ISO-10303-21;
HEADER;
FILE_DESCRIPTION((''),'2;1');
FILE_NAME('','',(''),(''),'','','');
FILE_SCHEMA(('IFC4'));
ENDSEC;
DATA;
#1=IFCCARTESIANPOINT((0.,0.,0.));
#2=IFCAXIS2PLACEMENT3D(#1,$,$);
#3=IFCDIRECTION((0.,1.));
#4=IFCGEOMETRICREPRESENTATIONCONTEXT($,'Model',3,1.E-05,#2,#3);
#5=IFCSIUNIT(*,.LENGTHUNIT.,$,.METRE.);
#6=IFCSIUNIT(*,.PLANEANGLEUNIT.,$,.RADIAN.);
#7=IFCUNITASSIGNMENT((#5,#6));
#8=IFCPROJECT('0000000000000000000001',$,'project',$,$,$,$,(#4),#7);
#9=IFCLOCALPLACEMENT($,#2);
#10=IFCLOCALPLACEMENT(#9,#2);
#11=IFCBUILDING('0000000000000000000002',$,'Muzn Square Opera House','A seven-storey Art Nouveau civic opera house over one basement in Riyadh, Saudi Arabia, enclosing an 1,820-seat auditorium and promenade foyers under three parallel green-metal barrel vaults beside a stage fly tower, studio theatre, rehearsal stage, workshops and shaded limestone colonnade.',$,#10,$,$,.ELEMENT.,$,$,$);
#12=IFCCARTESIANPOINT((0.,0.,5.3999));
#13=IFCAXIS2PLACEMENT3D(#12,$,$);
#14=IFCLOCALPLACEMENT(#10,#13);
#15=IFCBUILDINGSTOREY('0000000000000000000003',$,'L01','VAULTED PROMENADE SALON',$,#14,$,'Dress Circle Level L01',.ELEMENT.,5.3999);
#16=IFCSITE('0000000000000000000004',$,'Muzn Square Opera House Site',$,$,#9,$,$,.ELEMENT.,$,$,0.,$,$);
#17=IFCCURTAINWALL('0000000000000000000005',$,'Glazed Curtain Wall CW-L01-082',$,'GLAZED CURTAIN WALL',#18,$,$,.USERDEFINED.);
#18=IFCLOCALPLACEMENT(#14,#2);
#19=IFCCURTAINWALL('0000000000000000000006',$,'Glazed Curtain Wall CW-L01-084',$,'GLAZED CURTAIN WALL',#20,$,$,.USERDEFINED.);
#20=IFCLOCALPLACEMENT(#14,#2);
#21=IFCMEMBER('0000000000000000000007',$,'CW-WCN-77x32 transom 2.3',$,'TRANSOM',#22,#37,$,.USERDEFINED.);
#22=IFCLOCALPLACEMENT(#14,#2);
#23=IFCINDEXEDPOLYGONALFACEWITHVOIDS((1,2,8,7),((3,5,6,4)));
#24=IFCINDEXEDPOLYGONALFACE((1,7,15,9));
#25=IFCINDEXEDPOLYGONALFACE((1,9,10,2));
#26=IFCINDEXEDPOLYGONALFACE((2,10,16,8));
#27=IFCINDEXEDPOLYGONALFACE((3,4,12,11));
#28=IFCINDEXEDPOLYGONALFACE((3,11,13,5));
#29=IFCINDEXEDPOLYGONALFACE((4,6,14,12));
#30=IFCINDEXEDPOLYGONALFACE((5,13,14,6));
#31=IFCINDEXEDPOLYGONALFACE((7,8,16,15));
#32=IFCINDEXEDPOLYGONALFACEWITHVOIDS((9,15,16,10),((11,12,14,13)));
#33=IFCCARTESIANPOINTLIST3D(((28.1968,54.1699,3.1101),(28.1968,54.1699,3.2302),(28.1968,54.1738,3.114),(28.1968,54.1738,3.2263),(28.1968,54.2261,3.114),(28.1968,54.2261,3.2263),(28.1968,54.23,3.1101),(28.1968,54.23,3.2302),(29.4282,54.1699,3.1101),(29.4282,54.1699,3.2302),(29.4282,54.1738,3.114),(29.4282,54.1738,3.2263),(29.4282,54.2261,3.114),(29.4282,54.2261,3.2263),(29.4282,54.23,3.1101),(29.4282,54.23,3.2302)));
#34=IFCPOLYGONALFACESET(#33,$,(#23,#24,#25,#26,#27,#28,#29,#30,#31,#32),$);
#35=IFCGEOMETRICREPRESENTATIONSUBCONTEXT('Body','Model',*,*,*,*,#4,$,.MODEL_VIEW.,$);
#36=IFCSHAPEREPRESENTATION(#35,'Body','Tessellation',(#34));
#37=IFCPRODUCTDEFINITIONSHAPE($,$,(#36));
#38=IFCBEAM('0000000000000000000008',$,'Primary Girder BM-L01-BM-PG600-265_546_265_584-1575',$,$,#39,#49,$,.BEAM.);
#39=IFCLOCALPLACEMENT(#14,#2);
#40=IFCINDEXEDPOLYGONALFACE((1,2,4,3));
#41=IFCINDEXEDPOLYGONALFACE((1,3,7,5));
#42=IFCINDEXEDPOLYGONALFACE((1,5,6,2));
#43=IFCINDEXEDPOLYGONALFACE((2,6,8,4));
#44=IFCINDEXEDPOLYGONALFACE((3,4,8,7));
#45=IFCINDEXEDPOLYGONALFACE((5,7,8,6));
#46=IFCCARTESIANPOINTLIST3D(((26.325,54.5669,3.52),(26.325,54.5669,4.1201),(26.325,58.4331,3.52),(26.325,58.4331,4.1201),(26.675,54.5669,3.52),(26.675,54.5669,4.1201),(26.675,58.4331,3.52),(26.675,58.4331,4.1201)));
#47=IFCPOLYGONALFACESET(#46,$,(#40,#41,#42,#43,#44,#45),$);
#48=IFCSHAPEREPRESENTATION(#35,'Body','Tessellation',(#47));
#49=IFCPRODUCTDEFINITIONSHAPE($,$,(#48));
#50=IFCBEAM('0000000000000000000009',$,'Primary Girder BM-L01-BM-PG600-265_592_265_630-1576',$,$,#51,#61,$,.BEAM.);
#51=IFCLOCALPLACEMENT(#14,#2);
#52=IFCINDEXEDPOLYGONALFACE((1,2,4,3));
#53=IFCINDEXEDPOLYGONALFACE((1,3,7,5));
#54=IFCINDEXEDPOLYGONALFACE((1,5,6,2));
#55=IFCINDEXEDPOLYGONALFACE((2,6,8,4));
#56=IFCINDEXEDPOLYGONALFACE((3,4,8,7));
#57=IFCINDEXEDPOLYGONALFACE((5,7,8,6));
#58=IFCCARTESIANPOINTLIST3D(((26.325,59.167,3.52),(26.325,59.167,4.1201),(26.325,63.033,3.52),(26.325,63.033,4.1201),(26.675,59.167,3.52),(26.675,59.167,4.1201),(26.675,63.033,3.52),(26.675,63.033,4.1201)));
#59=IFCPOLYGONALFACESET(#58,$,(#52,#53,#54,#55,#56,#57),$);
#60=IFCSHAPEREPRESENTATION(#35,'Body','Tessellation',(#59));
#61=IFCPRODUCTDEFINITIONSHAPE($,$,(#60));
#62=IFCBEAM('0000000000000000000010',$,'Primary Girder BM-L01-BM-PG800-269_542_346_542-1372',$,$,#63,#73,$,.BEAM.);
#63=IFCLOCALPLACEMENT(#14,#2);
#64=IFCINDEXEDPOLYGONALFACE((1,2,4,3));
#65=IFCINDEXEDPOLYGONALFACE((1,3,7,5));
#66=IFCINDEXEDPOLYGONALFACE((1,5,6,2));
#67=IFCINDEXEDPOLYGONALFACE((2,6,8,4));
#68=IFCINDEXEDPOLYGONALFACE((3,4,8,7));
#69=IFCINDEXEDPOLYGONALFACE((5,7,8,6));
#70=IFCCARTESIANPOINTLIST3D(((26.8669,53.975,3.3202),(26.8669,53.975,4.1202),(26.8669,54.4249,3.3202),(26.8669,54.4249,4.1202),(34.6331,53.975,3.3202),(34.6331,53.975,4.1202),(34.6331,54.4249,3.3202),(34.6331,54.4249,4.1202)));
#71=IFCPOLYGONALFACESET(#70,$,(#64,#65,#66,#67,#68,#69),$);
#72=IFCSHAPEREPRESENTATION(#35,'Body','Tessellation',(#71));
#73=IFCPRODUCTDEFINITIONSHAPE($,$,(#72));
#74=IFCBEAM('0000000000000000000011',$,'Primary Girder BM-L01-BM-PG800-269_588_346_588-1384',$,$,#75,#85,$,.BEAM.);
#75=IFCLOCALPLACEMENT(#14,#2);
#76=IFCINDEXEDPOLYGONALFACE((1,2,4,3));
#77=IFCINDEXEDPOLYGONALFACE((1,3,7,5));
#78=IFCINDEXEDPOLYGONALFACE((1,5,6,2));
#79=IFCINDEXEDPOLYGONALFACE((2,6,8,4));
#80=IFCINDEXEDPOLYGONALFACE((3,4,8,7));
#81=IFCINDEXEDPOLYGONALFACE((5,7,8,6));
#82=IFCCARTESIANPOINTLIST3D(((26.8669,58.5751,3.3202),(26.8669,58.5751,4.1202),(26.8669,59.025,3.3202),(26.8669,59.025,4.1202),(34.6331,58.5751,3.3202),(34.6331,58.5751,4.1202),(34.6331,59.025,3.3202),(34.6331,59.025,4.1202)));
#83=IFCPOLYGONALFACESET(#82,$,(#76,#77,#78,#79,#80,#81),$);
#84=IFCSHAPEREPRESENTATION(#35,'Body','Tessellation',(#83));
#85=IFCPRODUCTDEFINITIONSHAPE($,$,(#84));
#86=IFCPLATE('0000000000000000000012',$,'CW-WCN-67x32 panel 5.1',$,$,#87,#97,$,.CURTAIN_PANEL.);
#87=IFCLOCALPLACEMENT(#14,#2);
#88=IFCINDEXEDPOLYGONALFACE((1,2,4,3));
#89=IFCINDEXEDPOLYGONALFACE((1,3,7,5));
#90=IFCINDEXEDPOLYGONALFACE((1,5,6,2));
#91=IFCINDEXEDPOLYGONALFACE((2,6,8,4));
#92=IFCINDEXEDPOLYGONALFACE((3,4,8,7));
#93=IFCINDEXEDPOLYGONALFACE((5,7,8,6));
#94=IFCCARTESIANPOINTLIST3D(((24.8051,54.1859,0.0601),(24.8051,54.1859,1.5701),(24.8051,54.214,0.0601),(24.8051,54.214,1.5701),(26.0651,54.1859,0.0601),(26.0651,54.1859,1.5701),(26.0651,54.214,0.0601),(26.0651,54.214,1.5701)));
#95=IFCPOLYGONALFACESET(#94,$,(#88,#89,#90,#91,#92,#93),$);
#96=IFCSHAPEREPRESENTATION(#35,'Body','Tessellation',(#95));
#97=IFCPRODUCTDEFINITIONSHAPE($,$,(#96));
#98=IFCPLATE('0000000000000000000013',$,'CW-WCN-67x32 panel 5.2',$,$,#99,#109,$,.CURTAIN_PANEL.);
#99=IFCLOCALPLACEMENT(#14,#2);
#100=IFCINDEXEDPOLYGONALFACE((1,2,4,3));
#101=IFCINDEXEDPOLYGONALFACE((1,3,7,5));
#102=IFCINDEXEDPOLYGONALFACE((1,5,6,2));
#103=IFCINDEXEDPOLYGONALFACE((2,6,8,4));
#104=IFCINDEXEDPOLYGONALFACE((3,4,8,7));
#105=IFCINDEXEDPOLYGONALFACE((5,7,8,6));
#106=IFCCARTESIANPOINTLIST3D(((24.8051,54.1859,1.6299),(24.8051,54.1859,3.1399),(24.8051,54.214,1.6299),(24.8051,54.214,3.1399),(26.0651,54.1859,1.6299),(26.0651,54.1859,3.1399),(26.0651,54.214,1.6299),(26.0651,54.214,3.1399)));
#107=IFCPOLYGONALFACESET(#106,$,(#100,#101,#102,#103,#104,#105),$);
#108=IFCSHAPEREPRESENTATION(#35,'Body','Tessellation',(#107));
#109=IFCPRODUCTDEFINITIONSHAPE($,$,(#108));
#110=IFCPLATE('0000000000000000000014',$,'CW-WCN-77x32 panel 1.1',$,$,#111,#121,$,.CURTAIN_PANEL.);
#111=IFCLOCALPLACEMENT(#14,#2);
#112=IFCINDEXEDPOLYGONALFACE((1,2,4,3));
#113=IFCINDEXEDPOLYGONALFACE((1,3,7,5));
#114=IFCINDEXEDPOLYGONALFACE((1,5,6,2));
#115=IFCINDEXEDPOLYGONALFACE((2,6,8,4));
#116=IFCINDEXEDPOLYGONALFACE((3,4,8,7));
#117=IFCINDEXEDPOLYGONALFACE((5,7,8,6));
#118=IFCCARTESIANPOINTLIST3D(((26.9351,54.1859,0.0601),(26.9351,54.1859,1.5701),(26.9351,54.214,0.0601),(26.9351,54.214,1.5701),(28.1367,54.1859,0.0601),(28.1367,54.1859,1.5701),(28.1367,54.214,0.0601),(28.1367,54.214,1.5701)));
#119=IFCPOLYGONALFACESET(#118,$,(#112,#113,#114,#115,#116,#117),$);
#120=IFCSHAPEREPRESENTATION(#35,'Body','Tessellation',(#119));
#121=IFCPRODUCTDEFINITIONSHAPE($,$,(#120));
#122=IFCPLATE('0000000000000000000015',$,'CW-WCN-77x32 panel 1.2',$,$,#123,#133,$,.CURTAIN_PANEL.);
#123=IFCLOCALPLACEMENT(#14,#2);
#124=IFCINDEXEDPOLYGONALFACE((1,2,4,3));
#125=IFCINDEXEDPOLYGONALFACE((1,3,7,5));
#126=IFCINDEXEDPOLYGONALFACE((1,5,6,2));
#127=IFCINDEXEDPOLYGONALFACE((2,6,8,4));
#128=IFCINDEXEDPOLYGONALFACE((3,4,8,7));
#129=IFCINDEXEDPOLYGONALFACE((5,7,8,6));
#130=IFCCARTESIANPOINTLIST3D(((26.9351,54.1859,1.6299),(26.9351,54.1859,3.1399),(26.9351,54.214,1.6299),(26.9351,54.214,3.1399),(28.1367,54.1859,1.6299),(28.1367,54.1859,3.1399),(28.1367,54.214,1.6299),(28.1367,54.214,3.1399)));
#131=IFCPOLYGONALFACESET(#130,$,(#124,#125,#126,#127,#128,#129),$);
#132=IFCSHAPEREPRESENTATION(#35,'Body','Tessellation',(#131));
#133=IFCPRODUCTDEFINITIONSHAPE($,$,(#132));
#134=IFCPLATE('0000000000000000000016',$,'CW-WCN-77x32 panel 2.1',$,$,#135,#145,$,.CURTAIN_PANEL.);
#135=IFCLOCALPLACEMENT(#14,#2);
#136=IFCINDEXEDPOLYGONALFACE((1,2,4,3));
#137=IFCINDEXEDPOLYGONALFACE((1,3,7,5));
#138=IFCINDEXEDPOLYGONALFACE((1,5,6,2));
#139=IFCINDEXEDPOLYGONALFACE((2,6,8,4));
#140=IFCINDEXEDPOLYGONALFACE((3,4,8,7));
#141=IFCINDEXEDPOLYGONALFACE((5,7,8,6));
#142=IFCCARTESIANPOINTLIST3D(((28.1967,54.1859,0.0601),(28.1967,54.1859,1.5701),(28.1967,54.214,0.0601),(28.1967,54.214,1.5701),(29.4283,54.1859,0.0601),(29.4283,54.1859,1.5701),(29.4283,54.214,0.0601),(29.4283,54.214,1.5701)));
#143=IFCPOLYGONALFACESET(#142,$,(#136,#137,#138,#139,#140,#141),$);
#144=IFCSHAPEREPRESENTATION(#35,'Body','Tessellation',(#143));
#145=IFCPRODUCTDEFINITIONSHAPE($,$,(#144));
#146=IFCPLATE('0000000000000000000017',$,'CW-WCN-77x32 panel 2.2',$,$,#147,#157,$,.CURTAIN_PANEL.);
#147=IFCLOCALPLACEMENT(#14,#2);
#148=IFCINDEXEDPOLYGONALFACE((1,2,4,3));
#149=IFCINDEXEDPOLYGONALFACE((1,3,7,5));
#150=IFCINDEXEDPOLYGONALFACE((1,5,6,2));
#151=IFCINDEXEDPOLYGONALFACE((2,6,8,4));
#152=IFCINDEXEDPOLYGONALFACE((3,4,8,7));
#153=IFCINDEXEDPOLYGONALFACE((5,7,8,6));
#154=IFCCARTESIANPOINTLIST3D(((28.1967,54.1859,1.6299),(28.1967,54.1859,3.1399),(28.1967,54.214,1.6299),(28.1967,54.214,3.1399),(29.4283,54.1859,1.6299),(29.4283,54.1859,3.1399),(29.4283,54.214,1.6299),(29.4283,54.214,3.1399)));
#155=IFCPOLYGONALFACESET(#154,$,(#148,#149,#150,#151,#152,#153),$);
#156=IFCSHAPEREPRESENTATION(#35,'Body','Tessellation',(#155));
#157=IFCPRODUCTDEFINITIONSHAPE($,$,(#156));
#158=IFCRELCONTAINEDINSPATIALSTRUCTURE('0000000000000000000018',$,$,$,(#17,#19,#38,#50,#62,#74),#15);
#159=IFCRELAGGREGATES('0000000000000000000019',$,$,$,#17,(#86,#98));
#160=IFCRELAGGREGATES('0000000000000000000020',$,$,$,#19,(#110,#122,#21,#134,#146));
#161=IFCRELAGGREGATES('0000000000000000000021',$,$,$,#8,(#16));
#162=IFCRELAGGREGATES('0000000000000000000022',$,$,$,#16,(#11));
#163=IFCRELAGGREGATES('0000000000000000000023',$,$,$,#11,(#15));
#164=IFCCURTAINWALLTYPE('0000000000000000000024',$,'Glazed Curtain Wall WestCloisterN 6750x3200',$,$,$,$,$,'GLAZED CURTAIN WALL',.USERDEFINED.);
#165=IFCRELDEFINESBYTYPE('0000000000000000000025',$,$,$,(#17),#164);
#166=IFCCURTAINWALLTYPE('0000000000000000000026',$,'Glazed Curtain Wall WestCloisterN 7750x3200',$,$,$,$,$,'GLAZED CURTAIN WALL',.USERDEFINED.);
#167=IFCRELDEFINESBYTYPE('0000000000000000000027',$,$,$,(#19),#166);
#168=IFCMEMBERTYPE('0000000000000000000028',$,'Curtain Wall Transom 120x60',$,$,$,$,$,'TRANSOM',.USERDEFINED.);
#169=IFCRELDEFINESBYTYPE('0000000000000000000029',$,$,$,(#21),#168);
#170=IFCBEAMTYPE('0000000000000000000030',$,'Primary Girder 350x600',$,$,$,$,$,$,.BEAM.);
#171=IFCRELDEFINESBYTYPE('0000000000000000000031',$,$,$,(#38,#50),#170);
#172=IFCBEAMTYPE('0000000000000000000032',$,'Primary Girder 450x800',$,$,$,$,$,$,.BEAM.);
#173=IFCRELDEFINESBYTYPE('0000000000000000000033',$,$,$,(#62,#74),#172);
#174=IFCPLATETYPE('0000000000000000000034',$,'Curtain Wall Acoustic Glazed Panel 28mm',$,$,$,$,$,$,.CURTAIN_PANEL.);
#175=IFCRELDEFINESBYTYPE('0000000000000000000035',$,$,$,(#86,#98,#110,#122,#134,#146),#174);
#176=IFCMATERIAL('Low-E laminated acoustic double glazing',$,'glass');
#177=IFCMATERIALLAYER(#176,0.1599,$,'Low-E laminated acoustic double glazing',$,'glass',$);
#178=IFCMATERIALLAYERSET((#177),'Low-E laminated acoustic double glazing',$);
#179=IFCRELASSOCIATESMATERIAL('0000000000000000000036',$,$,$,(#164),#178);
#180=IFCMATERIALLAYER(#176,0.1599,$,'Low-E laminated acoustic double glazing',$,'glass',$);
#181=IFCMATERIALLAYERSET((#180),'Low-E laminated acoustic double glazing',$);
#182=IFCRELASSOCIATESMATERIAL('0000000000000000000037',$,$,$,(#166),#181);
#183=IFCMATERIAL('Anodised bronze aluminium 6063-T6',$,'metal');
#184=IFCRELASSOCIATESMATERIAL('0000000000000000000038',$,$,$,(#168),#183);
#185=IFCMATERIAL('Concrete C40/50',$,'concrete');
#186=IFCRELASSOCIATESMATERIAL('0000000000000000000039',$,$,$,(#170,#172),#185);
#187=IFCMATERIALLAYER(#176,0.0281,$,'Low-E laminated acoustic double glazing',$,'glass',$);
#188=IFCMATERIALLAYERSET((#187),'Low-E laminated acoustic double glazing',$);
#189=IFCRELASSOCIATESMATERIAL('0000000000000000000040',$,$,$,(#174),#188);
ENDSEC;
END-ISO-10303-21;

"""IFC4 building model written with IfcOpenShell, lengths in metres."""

from ifc_helpers import new_model, si_unit, direction, frame, origin, origin_2d, place, context, subcontext, project, spatial, rectangle, hollow_rectangle, extrude, material, layer, layer_set, material_profile, profile_set, type_object, element, aggregate, save


model = new_model("IFC4")

# Units and contexts
model_context = context("Model", 3, precision=1e-05, world=origin(), true_north=direction((0.0, 1.0)))
body_context = subcontext(model_context, "Body", "Model", "MODEL_VIEW")
ifc_project = project(units=[si_unit("LENGTHUNIT", "METRE"), si_unit("PLANEANGLEUNIT", "RADIAN")], contexts=[model_context])

# Site, building, storey
site_placement = place(None, origin())
site = spatial("IfcSite", under=ifc_project, at=site_placement, Name="Muzn Square Opera House Site", CompositionType="ELEMENT", RefElevation=0.0)
building_placement = place(site_placement, origin())
building = spatial("IfcBuilding", under=site, at=building_placement, Name="Muzn Square Opera House", Description="A seven-storey Art Nouveau civic opera house over one basement in Riyadh, Saudi Arabia, enclosing an 1,820-seat auditorium and promenade foyers under three parallel green-metal barrel vaults beside a stage fly tower, studio theatre, rehearsal stage, workshops and shaded limestone colonnade.", CompositionType="ELEMENT")
storey_placement = place(building_placement, frame((0.0, 0.0, 5.3999)))
storey = spatial("IfcBuildingStorey", under=building, at=storey_placement, Name="L01", Description="VAULTED PROMENADE SALON", LongName="Dress Circle Level L01", CompositionType="ELEMENT", Elevation=5.3999)

# Curtain wall
ifc_material_1 = material(Name="Low-E laminated acoustic double glazing", Category="glass")
ifc_layer_1 = layer(ifc_material_1, 0.1599, Name="Low-E laminated acoustic double glazing", Category="glass")
ifc_layer_set_1 = layer_set([ifc_layer_1], Name="Low-E laminated acoustic double glazing")
curtain_wall_type_1 = type_object("IfcCurtainWallType", Name="Glazed Curtain Wall WestCloisterN 6750x3200", ElementType="GLAZED CURTAIN WALL", PredefinedType="USERDEFINED", material=ifc_layer_set_1)
curtain_wall_1_placement = place(storey_placement, origin())
curtain_wall_1 = element("IfcCurtainWall", 1, at=curtain_wall_1_placement, inside=storey, type_object=curtain_wall_type_1, Name="Glazed Curtain Wall CW-L01-082", ObjectType="GLAZED CURTAIN WALL", PredefinedType="USERDEFINED")
ifc_material_2 = material(Name="Anodised bronze aluminium 6063-T6", Category="metal")

# Curtain wall
ifc_layer_2 = layer(ifc_material_1, 0.1599, Name="Low-E laminated acoustic double glazing", Category="glass")
ifc_layer_set_2 = layer_set([ifc_layer_2], Name="Low-E laminated acoustic double glazing")
curtain_wall_type_2 = type_object("IfcCurtainWallType", Name="Glazed Curtain Wall WestCloisterN 7750x3200", ElementType="GLAZED CURTAIN WALL", PredefinedType="USERDEFINED", material=ifc_layer_set_2)
curtain_wall_2_placement = place(storey_placement, origin())
curtain_wall_2 = element("IfcCurtainWall", 2, at=curtain_wall_2_placement, inside=storey, type_object=curtain_wall_type_2, Name="Glazed Curtain Wall CW-L01-084", ObjectType="GLAZED CURTAIN WALL", PredefinedType="USERDEFINED")

# Member
ifc_material_profile_1 = material_profile(ifc_material_2, hollow_rectangle(XDim=0.0601, YDim=0.1201, WallThickness=0.0039, at=origin_2d()), Name="ALU 120x60x4", Category="metal")
ifc_profile_set_1 = profile_set([ifc_material_profile_1], Name="Anodised bronze aluminium 6063-T6")
member_type_1 = type_object("IfcMemberType", Name="Curtain Wall Transom 120x60", ElementType="TRANSOM", PredefinedType="USERDEFINED", material=ifc_profile_set_1)
member_1_placement = place(storey_placement, frame((28.1968, 54.2, 3.1702), z_axis=(1.0, 0.0, 0.0), x_axis=(0.0, 1.0, 0.0)))
member_1 = element("IfcMember", 3, at=member_1_placement, type_object=member_type_1, Name="CW-WCN-77x32 transom 2.3", ObjectType="TRANSOM", PredefinedType="USERDEFINED", context=body_context, shape_type="SweptSolid", body=[
    extrude(hollow_rectangle(XDim=0.0601, YDim=0.1201, WallThickness=0.0039, at=origin_2d()), origin(), (0.0, 0.0, 1.0), 1.2314),
])

# Beams
ifc_material_3 = material(Name="Concrete C40/50", Category="concrete")
ifc_material_profile_2 = material_profile(ifc_material_3, rectangle(XDim=0.3501, YDim=0.6001, at=origin_2d()), Name="RCB 350x600", Category="concrete")
ifc_profile_set_2 = profile_set([ifc_material_profile_2], Name="Concrete C40/50")
beam_type_1 = type_object("IfcBeamType", Name="Primary Girder 350x600", PredefinedType="BEAM", material=ifc_profile_set_2)
beam_1_placement = place(storey_placement, frame((26.5, 54.5669, 3.8201), z_axis=(0.0, 1.0, 0.0), x_axis=(-1.0, 0.0, 0.0)))
element("IfcBeam", 4, at=beam_1_placement, inside=storey, type_object=beam_type_1, Name="Primary Girder BM-L01-BM-PG600-265_546_265_584-1575", PredefinedType="BEAM", context=body_context, shape_type="SweptSolid", body=[
    extrude(rectangle(XDim=0.3501, YDim=0.6001, at=origin_2d()), origin(), (0.0, 0.0, 1.0), 3.8662),
])
beam_2_placement = place(storey_placement, frame((26.5, 59.167, 3.8201), z_axis=(0.0, 1.0, 0.0), x_axis=(-1.0, 0.0, 0.0)))
element("IfcBeam", 5, at=beam_2_placement, inside=storey, type_object=beam_type_1, Name="Primary Girder BM-L01-BM-PG600-265_592_265_630-1576", PredefinedType="BEAM", context=body_context, shape_type="SweptSolid", body=[
    extrude(rectangle(XDim=0.3501, YDim=0.6001, at=origin_2d()), origin(), (0.0, 0.0, 1.0), 3.866),
])
ifc_material_profile_3 = material_profile(ifc_material_3, rectangle(XDim=0.45, YDim=0.8, at=origin_2d()), Name="RCB 450x800", Category="concrete")
ifc_profile_set_3 = profile_set([ifc_material_profile_3], Name="Concrete C40/50")
beam_type_2 = type_object("IfcBeamType", Name="Primary Girder 450x800", PredefinedType="BEAM", material=ifc_profile_set_3)
for number, where, z_axis, x_axis, name in (
    (6, (26.8669, 54.2, 3.7202), (1.0, 0.0, 0.0), (0.0, 1.0, 0.0), "Primary Girder BM-L01-BM-PG800-269_542_346_542-1372"),
    (7, (26.8669, 58.8, 3.7202), (1.0, 0.0, 0.0), (0.0, 1.0, 0.0), "Primary Girder BM-L01-BM-PG800-269_588_346_588-1384"),
):
    element("IfcBeam", number, at=place(storey_placement, frame(where, z_axis=z_axis, x_axis=x_axis)), inside=storey, type_object=beam_type_2, Name=name, PredefinedType="BEAM", context=body_context, shape_type="SweptSolid", body=[
        extrude(rectangle(XDim=0.45, YDim=0.8, at=origin_2d()), origin(), (0.0, 0.0, 1.0), 7.7661),
    ])

# Plates
ifc_layer_3 = layer(ifc_material_1, 0.0281, Name="Low-E laminated acoustic double glazing", Category="glass")
ifc_layer_set_3 = layer_set([ifc_layer_3], Name="Low-E laminated acoustic double glazing")
plate_type = type_object("IfcPlateType", Name="Curtain Wall Acoustic Glazed Panel 28mm", PredefinedType="CURTAIN_PANEL", material=ifc_layer_set_3)
plate_1_placement = place(storey_placement, frame((25.4351, 54.2, 0.0601), z_axis=(0.0, 0.0, 1.0), x_axis=(1.0, 0.0, 0.0)))
plate_1 = element("IfcPlate", 8, at=plate_1_placement, type_object=plate_type, Name="CW-WCN-67x32 panel 5.1", PredefinedType="CURTAIN_PANEL", context=body_context, shape_type="SweptSolid", body=[
    extrude(rectangle(XDim=1.26, YDim=0.0281, at=origin_2d()), origin(), (0.0, 0.0, 1.0), 1.51),
])
plate_2_placement = place(storey_placement, frame((25.4351, 54.2, 1.6299), z_axis=(0.0, 0.0, 1.0), x_axis=(1.0, 0.0, 0.0)))
plate_2 = element("IfcPlate", 9, at=plate_2_placement, type_object=plate_type, Name="CW-WCN-67x32 panel 5.2", PredefinedType="CURTAIN_PANEL", context=body_context, shape_type="SweptSolid", body=[
    extrude(rectangle(XDim=1.26, YDim=0.0281, at=origin_2d()), origin(), (0.0, 0.0, 1.0), 1.51),
])
aggregate(curtain_wall_1, [plate_1, plate_2])
plate_3_placement = place(storey_placement, frame((27.5359, 54.2, 0.0601), z_axis=(0.0, 0.0, 1.0), x_axis=(1.0, 0.0, 0.0)))
plate_3 = element("IfcPlate", 10, at=plate_3_placement, type_object=plate_type, Name="CW-WCN-77x32 panel 1.1", PredefinedType="CURTAIN_PANEL", context=body_context, shape_type="SweptSolid", body=[
    extrude(rectangle(XDim=1.2017, YDim=0.0281, at=origin_2d()), origin(), (0.0, 0.0, 1.0), 1.51),
])
plate_4_placement = place(storey_placement, frame((27.5359, 54.2, 1.6299), z_axis=(0.0, 0.0, 1.0), x_axis=(1.0, 0.0, 0.0)))
plate_4 = element("IfcPlate", 11, at=plate_4_placement, type_object=plate_type, Name="CW-WCN-77x32 panel 1.2", PredefinedType="CURTAIN_PANEL", context=body_context, shape_type="SweptSolid", body=[
    extrude(rectangle(XDim=1.2017, YDim=0.0281, at=origin_2d()), origin(), (0.0, 0.0, 1.0), 1.51),
])
plate_5_placement = place(storey_placement, frame((28.8125, 54.2, 0.0601), z_axis=(0.0, 0.0, 1.0), x_axis=(1.0, 0.0, 0.0)))
plate_5 = element("IfcPlate", 12, at=plate_5_placement, type_object=plate_type, Name="CW-WCN-77x32 panel 2.1", PredefinedType="CURTAIN_PANEL", context=body_context, shape_type="SweptSolid", body=[
    extrude(rectangle(XDim=1.2317, YDim=0.0281, at=origin_2d()), origin(), (0.0, 0.0, 1.0), 1.51),
])
plate_6_placement = place(storey_placement, frame((28.8125, 54.2, 1.6299), z_axis=(0.0, 0.0, 1.0), x_axis=(1.0, 0.0, 0.0)))
plate_6 = element("IfcPlate", 13, at=plate_6_placement, type_object=plate_type, Name="CW-WCN-77x32 panel 2.2", PredefinedType="CURTAIN_PANEL", context=body_context, shape_type="SweptSolid", body=[
    extrude(rectangle(XDim=1.2317, YDim=0.0281, at=origin_2d()), origin(), (0.0, 0.0, 1.0), 1.51),
])
aggregate(curtain_wall_2, [plate_3, plate_4, member_1, plate_5, plate_6])

save(model, "model.ifc")
